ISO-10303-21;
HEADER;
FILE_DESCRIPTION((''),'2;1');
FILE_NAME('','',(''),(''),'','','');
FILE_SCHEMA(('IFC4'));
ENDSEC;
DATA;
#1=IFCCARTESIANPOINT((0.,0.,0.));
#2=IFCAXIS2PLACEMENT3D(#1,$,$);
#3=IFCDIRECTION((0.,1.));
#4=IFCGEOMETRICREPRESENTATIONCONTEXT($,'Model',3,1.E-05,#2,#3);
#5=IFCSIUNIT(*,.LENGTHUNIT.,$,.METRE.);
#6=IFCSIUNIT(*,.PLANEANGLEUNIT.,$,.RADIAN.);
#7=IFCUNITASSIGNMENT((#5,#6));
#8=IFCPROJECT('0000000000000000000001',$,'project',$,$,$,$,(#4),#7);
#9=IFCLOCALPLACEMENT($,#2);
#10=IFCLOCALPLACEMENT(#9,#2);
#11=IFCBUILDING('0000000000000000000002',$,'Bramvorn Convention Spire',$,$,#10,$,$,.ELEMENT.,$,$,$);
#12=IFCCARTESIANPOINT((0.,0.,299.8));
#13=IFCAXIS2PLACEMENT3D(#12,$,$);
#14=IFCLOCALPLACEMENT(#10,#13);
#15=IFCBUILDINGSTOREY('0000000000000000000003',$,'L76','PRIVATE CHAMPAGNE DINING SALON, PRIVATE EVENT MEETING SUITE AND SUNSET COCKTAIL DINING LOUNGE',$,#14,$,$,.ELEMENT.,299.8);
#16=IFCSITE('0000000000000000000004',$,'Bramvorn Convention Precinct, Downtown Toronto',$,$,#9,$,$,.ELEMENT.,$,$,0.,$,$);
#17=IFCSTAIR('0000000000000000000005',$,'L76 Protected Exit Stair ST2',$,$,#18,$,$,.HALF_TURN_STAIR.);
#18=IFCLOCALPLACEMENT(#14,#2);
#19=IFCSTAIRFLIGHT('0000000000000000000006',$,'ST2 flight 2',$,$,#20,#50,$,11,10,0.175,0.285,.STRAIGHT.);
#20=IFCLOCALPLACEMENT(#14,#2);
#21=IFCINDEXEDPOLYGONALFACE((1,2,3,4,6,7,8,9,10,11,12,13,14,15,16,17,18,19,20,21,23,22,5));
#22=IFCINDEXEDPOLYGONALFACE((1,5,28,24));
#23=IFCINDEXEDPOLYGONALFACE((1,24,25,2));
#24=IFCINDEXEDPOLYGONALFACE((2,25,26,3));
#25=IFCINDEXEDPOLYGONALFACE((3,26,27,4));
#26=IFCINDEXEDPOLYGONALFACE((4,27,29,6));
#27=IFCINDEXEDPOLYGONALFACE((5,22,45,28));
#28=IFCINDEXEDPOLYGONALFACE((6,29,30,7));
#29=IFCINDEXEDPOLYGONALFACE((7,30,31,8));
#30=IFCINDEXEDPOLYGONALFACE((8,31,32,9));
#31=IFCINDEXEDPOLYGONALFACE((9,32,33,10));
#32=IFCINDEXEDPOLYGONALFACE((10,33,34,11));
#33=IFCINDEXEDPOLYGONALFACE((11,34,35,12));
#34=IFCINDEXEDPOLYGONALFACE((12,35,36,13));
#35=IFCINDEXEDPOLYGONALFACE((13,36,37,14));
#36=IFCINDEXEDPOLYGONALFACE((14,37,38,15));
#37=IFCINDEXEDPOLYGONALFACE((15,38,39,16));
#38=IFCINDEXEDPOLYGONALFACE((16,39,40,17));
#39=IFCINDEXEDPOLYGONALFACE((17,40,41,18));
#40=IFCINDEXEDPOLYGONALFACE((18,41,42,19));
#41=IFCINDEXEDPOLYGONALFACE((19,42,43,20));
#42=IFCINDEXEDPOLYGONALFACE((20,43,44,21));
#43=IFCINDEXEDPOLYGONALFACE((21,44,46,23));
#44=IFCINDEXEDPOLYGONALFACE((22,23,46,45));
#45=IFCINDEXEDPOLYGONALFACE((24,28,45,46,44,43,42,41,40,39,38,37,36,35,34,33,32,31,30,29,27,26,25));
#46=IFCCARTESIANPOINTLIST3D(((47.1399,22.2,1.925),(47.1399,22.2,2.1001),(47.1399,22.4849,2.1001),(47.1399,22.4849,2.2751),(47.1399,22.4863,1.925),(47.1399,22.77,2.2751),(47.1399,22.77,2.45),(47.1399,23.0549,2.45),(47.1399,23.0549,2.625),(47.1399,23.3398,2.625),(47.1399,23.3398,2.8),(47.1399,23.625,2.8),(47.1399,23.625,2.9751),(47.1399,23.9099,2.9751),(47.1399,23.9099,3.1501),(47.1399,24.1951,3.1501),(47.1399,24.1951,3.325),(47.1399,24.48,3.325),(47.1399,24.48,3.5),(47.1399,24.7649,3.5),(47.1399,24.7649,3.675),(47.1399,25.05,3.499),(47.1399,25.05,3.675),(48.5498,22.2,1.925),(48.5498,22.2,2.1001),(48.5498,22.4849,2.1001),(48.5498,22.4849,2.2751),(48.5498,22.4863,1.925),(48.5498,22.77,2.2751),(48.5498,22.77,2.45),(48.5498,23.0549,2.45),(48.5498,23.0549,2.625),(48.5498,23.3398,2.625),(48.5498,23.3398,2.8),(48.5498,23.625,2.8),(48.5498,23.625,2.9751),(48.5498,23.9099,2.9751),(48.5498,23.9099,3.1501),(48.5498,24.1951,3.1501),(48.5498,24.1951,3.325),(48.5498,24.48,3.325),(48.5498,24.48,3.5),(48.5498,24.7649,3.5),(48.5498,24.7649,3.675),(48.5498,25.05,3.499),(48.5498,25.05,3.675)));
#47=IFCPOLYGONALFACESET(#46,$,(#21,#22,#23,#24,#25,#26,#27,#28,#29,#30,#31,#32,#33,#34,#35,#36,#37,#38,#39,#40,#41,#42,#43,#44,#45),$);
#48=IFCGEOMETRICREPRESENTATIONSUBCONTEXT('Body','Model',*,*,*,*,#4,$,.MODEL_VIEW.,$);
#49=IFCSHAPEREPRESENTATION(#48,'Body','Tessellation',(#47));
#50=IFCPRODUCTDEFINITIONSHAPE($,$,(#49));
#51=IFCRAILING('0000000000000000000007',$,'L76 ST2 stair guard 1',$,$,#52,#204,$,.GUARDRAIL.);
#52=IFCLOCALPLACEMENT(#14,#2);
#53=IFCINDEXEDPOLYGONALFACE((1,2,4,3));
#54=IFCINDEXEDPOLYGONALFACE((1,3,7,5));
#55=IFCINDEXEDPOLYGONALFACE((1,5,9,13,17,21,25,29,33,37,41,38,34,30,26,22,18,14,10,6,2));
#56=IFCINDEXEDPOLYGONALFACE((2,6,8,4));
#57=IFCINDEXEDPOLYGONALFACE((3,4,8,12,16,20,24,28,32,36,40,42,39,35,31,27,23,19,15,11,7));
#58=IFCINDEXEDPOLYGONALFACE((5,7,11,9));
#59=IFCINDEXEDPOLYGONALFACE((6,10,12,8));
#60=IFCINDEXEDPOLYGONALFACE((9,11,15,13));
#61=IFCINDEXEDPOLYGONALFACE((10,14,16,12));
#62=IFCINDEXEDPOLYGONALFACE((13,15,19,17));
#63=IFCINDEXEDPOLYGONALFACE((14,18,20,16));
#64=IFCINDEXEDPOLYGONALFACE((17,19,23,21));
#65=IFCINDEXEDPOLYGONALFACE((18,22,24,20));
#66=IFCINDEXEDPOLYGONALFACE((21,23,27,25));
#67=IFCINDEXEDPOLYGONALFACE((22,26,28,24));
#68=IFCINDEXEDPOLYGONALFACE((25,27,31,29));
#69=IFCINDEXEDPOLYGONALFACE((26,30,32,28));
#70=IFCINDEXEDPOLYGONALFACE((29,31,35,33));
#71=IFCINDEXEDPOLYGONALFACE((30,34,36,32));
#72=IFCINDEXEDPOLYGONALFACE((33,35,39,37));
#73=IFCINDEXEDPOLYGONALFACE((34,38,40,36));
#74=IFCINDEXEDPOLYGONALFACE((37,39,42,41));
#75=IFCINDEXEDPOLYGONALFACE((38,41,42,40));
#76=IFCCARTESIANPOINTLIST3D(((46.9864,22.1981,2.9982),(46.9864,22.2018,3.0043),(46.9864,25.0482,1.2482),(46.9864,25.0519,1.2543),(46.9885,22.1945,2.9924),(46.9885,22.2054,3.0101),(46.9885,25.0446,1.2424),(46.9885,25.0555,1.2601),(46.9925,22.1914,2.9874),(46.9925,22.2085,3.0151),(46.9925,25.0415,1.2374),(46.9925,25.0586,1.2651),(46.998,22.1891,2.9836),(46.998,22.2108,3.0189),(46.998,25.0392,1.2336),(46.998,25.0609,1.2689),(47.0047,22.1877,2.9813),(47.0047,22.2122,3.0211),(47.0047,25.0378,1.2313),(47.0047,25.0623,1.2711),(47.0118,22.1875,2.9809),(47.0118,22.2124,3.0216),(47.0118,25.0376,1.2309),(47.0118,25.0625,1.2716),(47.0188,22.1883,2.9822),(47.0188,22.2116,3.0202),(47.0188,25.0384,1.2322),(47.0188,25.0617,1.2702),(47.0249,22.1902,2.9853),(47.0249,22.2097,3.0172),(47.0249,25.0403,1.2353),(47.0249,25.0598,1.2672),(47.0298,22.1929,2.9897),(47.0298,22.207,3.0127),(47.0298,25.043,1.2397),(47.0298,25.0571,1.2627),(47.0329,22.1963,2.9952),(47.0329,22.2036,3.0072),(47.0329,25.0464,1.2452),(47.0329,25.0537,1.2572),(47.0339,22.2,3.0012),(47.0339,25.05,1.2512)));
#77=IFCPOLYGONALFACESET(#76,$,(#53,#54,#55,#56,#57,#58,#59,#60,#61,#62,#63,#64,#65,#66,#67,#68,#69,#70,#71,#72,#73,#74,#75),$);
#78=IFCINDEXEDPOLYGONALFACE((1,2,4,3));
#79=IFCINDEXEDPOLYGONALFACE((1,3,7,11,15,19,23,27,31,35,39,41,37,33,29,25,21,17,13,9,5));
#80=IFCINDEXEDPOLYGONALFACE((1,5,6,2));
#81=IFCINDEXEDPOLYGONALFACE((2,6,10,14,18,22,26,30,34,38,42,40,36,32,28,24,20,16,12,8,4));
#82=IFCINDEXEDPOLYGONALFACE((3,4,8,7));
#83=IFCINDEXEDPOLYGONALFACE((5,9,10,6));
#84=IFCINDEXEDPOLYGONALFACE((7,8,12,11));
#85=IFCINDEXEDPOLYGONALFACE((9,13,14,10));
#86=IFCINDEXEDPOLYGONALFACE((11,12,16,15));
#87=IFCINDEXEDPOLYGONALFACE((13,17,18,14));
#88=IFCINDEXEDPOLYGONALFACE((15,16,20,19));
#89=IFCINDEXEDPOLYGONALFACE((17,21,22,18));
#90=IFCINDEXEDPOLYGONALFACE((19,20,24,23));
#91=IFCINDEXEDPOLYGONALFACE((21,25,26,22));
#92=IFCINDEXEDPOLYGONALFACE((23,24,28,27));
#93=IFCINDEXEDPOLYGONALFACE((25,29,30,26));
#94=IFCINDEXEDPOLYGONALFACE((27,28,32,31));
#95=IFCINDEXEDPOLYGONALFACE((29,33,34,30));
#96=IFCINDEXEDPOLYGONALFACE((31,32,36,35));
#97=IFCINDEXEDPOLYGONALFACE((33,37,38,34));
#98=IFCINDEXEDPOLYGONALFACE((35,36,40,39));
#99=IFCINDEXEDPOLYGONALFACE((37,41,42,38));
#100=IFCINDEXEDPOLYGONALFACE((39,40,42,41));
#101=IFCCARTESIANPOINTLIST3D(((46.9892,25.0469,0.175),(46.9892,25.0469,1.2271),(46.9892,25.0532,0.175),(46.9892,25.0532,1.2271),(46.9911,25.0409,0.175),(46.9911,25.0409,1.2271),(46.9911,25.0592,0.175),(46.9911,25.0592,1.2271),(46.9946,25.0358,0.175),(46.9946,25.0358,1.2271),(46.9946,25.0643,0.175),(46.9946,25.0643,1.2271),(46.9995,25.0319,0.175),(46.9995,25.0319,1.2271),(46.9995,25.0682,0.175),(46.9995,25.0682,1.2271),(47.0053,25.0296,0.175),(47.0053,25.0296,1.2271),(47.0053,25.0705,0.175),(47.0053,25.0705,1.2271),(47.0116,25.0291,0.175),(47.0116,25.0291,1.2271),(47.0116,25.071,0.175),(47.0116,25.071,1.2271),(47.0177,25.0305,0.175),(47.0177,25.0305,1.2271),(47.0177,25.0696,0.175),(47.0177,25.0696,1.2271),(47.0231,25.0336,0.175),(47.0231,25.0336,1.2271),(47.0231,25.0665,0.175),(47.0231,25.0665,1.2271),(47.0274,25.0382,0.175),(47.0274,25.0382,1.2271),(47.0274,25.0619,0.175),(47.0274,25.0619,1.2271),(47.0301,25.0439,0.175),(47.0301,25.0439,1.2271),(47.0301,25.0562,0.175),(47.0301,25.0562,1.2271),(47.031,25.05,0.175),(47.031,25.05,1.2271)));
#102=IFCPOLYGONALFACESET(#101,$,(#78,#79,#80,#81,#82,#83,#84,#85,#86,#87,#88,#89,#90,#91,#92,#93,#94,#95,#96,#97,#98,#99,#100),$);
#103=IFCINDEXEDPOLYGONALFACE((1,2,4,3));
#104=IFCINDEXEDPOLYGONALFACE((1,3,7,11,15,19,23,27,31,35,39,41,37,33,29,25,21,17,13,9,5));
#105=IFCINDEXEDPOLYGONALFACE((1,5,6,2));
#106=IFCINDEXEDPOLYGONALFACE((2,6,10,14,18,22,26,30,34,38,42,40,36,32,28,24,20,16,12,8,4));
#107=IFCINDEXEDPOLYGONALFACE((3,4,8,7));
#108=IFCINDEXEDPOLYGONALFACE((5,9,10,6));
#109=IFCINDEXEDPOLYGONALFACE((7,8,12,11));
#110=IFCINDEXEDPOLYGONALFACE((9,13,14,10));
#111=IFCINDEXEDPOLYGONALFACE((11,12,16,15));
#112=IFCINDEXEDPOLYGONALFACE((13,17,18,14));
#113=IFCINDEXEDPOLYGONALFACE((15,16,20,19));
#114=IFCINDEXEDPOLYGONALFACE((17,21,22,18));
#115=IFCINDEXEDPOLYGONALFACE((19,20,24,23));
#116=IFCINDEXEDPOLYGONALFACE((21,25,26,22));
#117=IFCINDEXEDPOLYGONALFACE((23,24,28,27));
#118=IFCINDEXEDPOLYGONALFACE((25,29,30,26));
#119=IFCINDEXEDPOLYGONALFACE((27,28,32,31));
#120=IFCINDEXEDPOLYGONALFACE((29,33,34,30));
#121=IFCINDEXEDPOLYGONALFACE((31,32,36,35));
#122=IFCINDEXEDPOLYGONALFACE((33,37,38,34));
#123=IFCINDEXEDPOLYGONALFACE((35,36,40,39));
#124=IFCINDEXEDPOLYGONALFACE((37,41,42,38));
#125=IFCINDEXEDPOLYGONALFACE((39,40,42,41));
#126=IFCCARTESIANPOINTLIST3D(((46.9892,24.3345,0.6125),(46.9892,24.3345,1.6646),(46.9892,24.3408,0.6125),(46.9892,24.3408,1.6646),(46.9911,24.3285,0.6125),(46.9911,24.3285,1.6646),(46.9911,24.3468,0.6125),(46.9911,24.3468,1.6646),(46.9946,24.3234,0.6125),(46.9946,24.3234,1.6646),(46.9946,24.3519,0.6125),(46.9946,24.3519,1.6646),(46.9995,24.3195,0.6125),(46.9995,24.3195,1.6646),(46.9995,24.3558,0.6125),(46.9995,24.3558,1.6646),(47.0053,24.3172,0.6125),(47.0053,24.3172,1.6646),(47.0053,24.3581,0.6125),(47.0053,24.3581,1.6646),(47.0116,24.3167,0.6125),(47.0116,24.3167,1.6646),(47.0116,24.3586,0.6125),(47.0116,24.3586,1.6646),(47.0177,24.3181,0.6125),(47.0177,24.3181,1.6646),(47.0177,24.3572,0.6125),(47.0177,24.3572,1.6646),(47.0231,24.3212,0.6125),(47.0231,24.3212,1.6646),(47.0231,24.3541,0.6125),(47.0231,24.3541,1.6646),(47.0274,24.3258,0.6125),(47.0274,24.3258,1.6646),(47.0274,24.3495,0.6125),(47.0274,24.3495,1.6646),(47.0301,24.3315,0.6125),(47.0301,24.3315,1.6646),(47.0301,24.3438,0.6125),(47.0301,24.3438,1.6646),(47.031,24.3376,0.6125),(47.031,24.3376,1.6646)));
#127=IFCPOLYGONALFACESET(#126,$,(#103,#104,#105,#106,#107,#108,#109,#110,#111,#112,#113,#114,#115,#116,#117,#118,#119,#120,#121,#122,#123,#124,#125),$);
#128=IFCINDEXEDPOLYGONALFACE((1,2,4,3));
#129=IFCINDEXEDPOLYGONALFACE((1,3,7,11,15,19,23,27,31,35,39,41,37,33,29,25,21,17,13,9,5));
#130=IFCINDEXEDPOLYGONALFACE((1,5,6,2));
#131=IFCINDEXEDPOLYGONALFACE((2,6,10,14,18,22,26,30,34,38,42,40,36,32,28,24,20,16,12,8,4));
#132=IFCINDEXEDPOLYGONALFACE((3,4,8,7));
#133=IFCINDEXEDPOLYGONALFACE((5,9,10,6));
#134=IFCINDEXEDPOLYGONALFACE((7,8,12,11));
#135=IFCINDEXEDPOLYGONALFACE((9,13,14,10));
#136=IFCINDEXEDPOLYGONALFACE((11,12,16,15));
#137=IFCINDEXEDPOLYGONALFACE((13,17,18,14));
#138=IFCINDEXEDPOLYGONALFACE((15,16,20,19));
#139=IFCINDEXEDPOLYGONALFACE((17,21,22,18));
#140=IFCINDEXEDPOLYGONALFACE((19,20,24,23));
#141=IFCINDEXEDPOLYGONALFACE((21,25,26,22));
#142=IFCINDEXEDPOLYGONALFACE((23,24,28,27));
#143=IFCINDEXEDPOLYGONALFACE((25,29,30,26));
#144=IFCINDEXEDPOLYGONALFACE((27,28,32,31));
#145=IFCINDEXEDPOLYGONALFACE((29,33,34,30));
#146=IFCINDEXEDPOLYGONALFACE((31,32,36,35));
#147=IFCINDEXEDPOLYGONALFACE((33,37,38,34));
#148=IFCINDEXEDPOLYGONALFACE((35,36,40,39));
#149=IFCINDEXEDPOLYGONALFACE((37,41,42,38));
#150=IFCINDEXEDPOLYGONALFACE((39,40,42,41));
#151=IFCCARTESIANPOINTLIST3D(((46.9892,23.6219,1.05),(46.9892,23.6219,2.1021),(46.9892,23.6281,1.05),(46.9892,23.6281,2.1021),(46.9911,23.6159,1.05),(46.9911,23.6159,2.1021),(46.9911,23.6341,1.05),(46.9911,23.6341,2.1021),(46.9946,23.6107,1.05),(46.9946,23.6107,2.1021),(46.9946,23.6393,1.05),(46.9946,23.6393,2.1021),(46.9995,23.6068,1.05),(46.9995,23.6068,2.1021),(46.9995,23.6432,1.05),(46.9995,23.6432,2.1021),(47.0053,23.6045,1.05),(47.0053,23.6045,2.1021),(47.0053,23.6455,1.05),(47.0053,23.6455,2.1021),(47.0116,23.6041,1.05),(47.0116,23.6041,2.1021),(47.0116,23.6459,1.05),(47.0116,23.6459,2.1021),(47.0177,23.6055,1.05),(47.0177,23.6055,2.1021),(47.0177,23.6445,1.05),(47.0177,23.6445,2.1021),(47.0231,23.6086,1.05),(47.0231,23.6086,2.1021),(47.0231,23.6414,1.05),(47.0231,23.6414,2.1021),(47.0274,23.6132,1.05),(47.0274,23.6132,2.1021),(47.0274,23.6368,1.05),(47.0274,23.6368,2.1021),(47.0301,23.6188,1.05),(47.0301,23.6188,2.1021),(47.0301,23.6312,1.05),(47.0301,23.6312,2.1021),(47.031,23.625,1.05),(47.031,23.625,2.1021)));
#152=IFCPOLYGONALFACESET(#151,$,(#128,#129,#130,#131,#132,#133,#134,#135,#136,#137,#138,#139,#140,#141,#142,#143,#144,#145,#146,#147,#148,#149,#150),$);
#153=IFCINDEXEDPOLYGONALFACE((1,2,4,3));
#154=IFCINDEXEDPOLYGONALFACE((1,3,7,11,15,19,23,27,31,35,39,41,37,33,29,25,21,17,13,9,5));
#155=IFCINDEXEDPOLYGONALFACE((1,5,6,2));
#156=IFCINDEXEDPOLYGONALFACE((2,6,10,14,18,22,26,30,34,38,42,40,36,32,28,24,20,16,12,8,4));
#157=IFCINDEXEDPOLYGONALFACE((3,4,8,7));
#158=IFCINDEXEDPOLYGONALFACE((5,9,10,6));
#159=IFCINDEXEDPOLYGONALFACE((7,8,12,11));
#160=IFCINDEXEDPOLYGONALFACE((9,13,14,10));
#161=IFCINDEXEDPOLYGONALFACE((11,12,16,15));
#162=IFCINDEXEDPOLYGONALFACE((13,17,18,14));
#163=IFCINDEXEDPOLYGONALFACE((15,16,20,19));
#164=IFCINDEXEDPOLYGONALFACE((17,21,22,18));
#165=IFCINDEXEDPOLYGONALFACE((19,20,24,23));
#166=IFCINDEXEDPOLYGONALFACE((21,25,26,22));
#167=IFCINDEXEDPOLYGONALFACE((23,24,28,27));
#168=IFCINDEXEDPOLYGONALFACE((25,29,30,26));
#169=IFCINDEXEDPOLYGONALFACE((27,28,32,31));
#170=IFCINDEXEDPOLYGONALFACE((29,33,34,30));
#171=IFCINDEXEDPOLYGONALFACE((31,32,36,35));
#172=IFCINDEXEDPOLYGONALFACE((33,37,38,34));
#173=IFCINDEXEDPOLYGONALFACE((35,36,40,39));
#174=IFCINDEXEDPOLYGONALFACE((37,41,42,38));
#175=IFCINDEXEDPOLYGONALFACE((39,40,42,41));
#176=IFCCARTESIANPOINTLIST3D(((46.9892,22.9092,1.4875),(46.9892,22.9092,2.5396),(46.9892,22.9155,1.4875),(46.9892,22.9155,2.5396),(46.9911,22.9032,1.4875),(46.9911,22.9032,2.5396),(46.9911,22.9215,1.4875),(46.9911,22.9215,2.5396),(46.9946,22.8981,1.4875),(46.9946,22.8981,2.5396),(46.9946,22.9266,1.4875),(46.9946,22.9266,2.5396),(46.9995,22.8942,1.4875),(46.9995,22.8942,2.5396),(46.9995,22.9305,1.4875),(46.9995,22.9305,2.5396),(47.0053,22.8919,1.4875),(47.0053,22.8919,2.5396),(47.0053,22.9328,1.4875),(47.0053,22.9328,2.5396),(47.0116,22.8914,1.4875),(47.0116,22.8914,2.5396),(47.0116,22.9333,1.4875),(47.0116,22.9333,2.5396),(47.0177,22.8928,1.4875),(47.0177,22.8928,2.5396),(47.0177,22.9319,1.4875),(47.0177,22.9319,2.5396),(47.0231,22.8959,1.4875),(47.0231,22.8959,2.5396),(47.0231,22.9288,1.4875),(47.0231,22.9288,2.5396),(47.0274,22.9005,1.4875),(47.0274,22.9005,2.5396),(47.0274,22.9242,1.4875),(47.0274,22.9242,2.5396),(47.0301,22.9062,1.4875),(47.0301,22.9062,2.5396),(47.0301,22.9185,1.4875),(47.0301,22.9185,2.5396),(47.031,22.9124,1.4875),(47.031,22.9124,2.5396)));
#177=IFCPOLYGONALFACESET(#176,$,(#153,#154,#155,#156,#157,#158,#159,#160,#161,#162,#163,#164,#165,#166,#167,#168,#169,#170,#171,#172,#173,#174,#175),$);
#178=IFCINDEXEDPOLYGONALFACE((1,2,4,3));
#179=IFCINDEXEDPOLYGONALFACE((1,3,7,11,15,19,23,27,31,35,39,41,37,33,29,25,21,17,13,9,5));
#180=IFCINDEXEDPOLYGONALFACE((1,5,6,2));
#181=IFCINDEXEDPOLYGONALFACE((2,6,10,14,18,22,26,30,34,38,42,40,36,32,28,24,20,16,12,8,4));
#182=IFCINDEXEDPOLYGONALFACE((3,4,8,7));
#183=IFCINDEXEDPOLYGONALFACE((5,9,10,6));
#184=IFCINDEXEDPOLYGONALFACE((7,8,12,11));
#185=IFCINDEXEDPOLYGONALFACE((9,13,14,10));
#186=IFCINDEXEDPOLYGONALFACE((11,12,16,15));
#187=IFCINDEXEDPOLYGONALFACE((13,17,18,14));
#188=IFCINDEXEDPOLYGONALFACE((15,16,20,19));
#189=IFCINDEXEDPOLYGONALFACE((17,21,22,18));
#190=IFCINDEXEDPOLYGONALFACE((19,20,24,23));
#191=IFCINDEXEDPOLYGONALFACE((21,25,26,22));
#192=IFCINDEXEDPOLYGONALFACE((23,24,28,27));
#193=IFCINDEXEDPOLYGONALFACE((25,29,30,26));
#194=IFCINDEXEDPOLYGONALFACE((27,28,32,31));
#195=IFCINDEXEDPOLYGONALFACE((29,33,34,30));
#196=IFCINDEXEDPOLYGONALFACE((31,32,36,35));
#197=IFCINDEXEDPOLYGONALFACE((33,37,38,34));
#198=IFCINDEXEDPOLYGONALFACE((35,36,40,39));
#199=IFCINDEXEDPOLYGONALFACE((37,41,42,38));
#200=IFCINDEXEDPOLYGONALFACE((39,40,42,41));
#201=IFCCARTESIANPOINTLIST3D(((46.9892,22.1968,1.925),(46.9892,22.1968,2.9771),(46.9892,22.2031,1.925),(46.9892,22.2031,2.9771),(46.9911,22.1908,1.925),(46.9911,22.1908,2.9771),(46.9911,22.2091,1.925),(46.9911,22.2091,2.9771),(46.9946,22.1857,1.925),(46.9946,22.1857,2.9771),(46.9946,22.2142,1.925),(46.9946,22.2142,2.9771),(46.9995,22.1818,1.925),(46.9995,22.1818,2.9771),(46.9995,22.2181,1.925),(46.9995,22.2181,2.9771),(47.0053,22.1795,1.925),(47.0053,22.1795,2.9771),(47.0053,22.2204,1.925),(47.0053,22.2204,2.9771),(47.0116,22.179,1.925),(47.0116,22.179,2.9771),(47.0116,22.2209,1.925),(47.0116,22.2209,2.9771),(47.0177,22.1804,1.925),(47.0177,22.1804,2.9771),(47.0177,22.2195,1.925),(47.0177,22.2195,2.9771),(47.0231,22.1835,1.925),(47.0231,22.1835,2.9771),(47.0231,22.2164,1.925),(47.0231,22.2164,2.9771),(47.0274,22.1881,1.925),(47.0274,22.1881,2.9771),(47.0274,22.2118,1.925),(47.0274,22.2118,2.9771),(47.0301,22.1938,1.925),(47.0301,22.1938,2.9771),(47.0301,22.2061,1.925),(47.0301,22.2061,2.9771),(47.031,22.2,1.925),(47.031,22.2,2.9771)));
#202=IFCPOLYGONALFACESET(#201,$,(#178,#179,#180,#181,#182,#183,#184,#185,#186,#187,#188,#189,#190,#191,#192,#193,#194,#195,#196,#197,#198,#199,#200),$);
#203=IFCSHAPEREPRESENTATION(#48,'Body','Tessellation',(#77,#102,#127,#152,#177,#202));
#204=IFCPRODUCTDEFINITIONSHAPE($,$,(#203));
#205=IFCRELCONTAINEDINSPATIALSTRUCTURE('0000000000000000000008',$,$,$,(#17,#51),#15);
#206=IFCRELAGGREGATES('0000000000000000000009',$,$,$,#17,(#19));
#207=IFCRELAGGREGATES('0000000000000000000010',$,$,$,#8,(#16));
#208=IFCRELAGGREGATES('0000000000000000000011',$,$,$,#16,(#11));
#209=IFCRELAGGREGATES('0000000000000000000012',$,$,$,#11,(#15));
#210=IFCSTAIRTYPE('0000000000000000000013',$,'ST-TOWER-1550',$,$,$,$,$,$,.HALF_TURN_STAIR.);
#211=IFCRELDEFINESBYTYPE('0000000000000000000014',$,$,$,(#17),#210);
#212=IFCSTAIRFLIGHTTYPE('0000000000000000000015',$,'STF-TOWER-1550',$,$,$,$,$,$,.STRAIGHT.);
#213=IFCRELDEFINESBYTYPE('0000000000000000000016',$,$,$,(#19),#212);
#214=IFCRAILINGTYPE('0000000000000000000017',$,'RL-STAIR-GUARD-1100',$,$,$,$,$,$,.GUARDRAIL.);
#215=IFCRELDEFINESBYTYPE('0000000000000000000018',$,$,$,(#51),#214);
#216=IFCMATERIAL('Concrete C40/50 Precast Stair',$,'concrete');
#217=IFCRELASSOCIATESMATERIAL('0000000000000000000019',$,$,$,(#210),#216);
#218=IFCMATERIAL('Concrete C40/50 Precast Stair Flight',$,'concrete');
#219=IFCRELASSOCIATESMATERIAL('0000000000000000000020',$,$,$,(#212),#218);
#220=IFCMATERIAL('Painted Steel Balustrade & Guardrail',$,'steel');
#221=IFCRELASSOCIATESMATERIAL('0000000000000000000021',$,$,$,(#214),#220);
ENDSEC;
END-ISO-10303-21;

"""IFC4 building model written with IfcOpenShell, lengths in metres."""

from ifc_helpers import new_model, si_unit, direction, frame, origin, origin_2d, place, context, subcontext, project, spatial, polyline, circle, outline, extrude, material, type_object, element, aggregate, save


model = new_model("IFC4")

# Units and contexts
model_context = context("Model", 3, precision=1e-05, world=origin(), true_north=direction((0.0, 1.0)))
body_context = subcontext(model_context, "Body", "Model", "MODEL_VIEW")
ifc_project = project(units=[si_unit("LENGTHUNIT", "METRE"), si_unit("PLANEANGLEUNIT", "RADIAN")], contexts=[model_context])

# Site, building, storey
site_placement = place(None, origin())
site = spatial("IfcSite", under=ifc_project, at=site_placement, Name="Bramvorn Convention Precinct, Downtown Toronto", CompositionType="ELEMENT", RefElevation=0.0)
building_placement = place(site_placement, origin())
building = spatial("IfcBuilding", under=site, at=building_placement, Name="Bramvorn Convention Spire", CompositionType="ELEMENT")
storey_placement = place(building_placement, frame((0.0, 0.0, 299.8)))
storey = spatial("IfcBuildingStorey", under=building, at=storey_placement, Name="L76", Description="PRIVATE CHAMPAGNE DINING SALON, PRIVATE EVENT MEETING SUITE AND SUNSET COCKTAIL DINING LOUNGE", CompositionType="ELEMENT", Elevation=299.8)

# Stair, stair flight
ifc_material_1 = material(Name="Concrete C40/50 Precast Stair", Category="concrete")
stair_type = type_object("IfcStairType", Name="ST-TOWER-1550", PredefinedType="HALF_TURN_STAIR", material=ifc_material_1)
stair_placement = place(storey_placement, origin())
stair = element("IfcStair", 1, at=stair_placement, inside=storey, type_object=stair_type, Name="L76 Protected Exit Stair ST2", PredefinedType="HALF_TURN_STAIR")
ifc_material_2 = material(Name="Concrete C40/50 Precast Stair Flight", Category="concrete")
stair_flight_type = type_object("IfcStairFlightType", Name="STF-TOWER-1550", PredefinedType="STRAIGHT", material=ifc_material_2)
stair_flight_1_placement = place(storey_placement, frame((47.845, 22.2, 1.925), z_axis=(0.0, 0.0, 1.0), x_axis=(0.0, 1.0, 0.0)))
stair_flight_1 = element("IfcStairFlight", 2, at=stair_flight_1_placement, type_object=stair_flight_type, Name="ST2 flight 2", NumberOfRisers=11, NumberOfTreads=10, PredefinedType="STRAIGHT", RiserHeight=0.175, TreadLength=0.285, context=body_context, shape_type="SweptSolid", body=[
    extrude(outline(polyline([(0.0, 0.0), (0.0, 0.175), (0.2849, 0.175), (0.2849, 0.3501), (0.5701, 0.3501), (0.5701, 0.5249), (0.855, 0.5249), (0.855, 0.7), (1.1399, 0.7), (1.1399, 0.875), (1.425, 0.875), (1.425, 1.05), (1.71, 1.05), (1.71, 1.2251), (1.9951, 1.2251), (1.9951, 1.3999), (2.28, 1.3999), (2.28, 1.575), (2.5649, 1.575), (2.5649, 1.75), (2.8501, 1.75), (2.8501, 1.925), (2.8501, 1.574), (0.2864, 0.0), (0.0, 0.0)])), frame((0.0, 0.7051, 0.0), z_axis=(0.0, -1.0, 0.0), x_axis=(1.0, 0.0, 0.0)), (0.0, 0.0, 1.0), 1.4099),
])
aggregate(stair, [stair_flight_1])

# Railing
ifc_material_3 = material(Name="Painted Steel Balustrade & Guardrail", Category="steel")
railing_type_1 = type_object("IfcRailingType", Name="RL-STAIR-GUARD-1100", PredefinedType="GUARDRAIL", material=ifc_material_3)
railing_1_placement = place(storey_placement, frame((47.01, 25.05, 0.175)))
element("IfcRailing", 3, at=railing_1_placement, inside=storey, type_object=railing_type_1, Name="L76 ST2 stair guard 1", PredefinedType="GUARDRAIL", context=body_context, shape_type="SweptSolid", body=[
    extrude(circle(Radius=0.0239, at=origin_2d()), frame((0.0, 0.0, 1.0762), z_axis=(0.0, -0.852179, 0.52325), x_axis=(1.0, 0.0, 0.0)), (0.0, 0.0, 1.0), 3.3445),
    extrude(circle(Radius=0.021, at=origin_2d()), origin(), (0.0, 0.0, 1.0), 1.052),
    extrude(circle(Radius=0.021, at=origin_2d()), frame((0.0, -0.7124, 0.4375)), (0.0, 0.0, 1.0), 1.052),
    extrude(circle(Radius=0.021, at=origin_2d()), frame((0.0, -1.425, 0.875)), (0.0, 0.0, 1.0), 1.052),
    extrude(circle(Radius=0.021, at=origin_2d()), frame((0.0, -2.1377, 1.3125)), (0.0, 0.0, 1.0), 1.052),
    extrude(circle(Radius=0.021, at=origin_2d()), frame((0.0, -2.8501, 1.75)), (0.0, 0.0, 1.0), 1.052),
])

save(model, "model.ifc")
